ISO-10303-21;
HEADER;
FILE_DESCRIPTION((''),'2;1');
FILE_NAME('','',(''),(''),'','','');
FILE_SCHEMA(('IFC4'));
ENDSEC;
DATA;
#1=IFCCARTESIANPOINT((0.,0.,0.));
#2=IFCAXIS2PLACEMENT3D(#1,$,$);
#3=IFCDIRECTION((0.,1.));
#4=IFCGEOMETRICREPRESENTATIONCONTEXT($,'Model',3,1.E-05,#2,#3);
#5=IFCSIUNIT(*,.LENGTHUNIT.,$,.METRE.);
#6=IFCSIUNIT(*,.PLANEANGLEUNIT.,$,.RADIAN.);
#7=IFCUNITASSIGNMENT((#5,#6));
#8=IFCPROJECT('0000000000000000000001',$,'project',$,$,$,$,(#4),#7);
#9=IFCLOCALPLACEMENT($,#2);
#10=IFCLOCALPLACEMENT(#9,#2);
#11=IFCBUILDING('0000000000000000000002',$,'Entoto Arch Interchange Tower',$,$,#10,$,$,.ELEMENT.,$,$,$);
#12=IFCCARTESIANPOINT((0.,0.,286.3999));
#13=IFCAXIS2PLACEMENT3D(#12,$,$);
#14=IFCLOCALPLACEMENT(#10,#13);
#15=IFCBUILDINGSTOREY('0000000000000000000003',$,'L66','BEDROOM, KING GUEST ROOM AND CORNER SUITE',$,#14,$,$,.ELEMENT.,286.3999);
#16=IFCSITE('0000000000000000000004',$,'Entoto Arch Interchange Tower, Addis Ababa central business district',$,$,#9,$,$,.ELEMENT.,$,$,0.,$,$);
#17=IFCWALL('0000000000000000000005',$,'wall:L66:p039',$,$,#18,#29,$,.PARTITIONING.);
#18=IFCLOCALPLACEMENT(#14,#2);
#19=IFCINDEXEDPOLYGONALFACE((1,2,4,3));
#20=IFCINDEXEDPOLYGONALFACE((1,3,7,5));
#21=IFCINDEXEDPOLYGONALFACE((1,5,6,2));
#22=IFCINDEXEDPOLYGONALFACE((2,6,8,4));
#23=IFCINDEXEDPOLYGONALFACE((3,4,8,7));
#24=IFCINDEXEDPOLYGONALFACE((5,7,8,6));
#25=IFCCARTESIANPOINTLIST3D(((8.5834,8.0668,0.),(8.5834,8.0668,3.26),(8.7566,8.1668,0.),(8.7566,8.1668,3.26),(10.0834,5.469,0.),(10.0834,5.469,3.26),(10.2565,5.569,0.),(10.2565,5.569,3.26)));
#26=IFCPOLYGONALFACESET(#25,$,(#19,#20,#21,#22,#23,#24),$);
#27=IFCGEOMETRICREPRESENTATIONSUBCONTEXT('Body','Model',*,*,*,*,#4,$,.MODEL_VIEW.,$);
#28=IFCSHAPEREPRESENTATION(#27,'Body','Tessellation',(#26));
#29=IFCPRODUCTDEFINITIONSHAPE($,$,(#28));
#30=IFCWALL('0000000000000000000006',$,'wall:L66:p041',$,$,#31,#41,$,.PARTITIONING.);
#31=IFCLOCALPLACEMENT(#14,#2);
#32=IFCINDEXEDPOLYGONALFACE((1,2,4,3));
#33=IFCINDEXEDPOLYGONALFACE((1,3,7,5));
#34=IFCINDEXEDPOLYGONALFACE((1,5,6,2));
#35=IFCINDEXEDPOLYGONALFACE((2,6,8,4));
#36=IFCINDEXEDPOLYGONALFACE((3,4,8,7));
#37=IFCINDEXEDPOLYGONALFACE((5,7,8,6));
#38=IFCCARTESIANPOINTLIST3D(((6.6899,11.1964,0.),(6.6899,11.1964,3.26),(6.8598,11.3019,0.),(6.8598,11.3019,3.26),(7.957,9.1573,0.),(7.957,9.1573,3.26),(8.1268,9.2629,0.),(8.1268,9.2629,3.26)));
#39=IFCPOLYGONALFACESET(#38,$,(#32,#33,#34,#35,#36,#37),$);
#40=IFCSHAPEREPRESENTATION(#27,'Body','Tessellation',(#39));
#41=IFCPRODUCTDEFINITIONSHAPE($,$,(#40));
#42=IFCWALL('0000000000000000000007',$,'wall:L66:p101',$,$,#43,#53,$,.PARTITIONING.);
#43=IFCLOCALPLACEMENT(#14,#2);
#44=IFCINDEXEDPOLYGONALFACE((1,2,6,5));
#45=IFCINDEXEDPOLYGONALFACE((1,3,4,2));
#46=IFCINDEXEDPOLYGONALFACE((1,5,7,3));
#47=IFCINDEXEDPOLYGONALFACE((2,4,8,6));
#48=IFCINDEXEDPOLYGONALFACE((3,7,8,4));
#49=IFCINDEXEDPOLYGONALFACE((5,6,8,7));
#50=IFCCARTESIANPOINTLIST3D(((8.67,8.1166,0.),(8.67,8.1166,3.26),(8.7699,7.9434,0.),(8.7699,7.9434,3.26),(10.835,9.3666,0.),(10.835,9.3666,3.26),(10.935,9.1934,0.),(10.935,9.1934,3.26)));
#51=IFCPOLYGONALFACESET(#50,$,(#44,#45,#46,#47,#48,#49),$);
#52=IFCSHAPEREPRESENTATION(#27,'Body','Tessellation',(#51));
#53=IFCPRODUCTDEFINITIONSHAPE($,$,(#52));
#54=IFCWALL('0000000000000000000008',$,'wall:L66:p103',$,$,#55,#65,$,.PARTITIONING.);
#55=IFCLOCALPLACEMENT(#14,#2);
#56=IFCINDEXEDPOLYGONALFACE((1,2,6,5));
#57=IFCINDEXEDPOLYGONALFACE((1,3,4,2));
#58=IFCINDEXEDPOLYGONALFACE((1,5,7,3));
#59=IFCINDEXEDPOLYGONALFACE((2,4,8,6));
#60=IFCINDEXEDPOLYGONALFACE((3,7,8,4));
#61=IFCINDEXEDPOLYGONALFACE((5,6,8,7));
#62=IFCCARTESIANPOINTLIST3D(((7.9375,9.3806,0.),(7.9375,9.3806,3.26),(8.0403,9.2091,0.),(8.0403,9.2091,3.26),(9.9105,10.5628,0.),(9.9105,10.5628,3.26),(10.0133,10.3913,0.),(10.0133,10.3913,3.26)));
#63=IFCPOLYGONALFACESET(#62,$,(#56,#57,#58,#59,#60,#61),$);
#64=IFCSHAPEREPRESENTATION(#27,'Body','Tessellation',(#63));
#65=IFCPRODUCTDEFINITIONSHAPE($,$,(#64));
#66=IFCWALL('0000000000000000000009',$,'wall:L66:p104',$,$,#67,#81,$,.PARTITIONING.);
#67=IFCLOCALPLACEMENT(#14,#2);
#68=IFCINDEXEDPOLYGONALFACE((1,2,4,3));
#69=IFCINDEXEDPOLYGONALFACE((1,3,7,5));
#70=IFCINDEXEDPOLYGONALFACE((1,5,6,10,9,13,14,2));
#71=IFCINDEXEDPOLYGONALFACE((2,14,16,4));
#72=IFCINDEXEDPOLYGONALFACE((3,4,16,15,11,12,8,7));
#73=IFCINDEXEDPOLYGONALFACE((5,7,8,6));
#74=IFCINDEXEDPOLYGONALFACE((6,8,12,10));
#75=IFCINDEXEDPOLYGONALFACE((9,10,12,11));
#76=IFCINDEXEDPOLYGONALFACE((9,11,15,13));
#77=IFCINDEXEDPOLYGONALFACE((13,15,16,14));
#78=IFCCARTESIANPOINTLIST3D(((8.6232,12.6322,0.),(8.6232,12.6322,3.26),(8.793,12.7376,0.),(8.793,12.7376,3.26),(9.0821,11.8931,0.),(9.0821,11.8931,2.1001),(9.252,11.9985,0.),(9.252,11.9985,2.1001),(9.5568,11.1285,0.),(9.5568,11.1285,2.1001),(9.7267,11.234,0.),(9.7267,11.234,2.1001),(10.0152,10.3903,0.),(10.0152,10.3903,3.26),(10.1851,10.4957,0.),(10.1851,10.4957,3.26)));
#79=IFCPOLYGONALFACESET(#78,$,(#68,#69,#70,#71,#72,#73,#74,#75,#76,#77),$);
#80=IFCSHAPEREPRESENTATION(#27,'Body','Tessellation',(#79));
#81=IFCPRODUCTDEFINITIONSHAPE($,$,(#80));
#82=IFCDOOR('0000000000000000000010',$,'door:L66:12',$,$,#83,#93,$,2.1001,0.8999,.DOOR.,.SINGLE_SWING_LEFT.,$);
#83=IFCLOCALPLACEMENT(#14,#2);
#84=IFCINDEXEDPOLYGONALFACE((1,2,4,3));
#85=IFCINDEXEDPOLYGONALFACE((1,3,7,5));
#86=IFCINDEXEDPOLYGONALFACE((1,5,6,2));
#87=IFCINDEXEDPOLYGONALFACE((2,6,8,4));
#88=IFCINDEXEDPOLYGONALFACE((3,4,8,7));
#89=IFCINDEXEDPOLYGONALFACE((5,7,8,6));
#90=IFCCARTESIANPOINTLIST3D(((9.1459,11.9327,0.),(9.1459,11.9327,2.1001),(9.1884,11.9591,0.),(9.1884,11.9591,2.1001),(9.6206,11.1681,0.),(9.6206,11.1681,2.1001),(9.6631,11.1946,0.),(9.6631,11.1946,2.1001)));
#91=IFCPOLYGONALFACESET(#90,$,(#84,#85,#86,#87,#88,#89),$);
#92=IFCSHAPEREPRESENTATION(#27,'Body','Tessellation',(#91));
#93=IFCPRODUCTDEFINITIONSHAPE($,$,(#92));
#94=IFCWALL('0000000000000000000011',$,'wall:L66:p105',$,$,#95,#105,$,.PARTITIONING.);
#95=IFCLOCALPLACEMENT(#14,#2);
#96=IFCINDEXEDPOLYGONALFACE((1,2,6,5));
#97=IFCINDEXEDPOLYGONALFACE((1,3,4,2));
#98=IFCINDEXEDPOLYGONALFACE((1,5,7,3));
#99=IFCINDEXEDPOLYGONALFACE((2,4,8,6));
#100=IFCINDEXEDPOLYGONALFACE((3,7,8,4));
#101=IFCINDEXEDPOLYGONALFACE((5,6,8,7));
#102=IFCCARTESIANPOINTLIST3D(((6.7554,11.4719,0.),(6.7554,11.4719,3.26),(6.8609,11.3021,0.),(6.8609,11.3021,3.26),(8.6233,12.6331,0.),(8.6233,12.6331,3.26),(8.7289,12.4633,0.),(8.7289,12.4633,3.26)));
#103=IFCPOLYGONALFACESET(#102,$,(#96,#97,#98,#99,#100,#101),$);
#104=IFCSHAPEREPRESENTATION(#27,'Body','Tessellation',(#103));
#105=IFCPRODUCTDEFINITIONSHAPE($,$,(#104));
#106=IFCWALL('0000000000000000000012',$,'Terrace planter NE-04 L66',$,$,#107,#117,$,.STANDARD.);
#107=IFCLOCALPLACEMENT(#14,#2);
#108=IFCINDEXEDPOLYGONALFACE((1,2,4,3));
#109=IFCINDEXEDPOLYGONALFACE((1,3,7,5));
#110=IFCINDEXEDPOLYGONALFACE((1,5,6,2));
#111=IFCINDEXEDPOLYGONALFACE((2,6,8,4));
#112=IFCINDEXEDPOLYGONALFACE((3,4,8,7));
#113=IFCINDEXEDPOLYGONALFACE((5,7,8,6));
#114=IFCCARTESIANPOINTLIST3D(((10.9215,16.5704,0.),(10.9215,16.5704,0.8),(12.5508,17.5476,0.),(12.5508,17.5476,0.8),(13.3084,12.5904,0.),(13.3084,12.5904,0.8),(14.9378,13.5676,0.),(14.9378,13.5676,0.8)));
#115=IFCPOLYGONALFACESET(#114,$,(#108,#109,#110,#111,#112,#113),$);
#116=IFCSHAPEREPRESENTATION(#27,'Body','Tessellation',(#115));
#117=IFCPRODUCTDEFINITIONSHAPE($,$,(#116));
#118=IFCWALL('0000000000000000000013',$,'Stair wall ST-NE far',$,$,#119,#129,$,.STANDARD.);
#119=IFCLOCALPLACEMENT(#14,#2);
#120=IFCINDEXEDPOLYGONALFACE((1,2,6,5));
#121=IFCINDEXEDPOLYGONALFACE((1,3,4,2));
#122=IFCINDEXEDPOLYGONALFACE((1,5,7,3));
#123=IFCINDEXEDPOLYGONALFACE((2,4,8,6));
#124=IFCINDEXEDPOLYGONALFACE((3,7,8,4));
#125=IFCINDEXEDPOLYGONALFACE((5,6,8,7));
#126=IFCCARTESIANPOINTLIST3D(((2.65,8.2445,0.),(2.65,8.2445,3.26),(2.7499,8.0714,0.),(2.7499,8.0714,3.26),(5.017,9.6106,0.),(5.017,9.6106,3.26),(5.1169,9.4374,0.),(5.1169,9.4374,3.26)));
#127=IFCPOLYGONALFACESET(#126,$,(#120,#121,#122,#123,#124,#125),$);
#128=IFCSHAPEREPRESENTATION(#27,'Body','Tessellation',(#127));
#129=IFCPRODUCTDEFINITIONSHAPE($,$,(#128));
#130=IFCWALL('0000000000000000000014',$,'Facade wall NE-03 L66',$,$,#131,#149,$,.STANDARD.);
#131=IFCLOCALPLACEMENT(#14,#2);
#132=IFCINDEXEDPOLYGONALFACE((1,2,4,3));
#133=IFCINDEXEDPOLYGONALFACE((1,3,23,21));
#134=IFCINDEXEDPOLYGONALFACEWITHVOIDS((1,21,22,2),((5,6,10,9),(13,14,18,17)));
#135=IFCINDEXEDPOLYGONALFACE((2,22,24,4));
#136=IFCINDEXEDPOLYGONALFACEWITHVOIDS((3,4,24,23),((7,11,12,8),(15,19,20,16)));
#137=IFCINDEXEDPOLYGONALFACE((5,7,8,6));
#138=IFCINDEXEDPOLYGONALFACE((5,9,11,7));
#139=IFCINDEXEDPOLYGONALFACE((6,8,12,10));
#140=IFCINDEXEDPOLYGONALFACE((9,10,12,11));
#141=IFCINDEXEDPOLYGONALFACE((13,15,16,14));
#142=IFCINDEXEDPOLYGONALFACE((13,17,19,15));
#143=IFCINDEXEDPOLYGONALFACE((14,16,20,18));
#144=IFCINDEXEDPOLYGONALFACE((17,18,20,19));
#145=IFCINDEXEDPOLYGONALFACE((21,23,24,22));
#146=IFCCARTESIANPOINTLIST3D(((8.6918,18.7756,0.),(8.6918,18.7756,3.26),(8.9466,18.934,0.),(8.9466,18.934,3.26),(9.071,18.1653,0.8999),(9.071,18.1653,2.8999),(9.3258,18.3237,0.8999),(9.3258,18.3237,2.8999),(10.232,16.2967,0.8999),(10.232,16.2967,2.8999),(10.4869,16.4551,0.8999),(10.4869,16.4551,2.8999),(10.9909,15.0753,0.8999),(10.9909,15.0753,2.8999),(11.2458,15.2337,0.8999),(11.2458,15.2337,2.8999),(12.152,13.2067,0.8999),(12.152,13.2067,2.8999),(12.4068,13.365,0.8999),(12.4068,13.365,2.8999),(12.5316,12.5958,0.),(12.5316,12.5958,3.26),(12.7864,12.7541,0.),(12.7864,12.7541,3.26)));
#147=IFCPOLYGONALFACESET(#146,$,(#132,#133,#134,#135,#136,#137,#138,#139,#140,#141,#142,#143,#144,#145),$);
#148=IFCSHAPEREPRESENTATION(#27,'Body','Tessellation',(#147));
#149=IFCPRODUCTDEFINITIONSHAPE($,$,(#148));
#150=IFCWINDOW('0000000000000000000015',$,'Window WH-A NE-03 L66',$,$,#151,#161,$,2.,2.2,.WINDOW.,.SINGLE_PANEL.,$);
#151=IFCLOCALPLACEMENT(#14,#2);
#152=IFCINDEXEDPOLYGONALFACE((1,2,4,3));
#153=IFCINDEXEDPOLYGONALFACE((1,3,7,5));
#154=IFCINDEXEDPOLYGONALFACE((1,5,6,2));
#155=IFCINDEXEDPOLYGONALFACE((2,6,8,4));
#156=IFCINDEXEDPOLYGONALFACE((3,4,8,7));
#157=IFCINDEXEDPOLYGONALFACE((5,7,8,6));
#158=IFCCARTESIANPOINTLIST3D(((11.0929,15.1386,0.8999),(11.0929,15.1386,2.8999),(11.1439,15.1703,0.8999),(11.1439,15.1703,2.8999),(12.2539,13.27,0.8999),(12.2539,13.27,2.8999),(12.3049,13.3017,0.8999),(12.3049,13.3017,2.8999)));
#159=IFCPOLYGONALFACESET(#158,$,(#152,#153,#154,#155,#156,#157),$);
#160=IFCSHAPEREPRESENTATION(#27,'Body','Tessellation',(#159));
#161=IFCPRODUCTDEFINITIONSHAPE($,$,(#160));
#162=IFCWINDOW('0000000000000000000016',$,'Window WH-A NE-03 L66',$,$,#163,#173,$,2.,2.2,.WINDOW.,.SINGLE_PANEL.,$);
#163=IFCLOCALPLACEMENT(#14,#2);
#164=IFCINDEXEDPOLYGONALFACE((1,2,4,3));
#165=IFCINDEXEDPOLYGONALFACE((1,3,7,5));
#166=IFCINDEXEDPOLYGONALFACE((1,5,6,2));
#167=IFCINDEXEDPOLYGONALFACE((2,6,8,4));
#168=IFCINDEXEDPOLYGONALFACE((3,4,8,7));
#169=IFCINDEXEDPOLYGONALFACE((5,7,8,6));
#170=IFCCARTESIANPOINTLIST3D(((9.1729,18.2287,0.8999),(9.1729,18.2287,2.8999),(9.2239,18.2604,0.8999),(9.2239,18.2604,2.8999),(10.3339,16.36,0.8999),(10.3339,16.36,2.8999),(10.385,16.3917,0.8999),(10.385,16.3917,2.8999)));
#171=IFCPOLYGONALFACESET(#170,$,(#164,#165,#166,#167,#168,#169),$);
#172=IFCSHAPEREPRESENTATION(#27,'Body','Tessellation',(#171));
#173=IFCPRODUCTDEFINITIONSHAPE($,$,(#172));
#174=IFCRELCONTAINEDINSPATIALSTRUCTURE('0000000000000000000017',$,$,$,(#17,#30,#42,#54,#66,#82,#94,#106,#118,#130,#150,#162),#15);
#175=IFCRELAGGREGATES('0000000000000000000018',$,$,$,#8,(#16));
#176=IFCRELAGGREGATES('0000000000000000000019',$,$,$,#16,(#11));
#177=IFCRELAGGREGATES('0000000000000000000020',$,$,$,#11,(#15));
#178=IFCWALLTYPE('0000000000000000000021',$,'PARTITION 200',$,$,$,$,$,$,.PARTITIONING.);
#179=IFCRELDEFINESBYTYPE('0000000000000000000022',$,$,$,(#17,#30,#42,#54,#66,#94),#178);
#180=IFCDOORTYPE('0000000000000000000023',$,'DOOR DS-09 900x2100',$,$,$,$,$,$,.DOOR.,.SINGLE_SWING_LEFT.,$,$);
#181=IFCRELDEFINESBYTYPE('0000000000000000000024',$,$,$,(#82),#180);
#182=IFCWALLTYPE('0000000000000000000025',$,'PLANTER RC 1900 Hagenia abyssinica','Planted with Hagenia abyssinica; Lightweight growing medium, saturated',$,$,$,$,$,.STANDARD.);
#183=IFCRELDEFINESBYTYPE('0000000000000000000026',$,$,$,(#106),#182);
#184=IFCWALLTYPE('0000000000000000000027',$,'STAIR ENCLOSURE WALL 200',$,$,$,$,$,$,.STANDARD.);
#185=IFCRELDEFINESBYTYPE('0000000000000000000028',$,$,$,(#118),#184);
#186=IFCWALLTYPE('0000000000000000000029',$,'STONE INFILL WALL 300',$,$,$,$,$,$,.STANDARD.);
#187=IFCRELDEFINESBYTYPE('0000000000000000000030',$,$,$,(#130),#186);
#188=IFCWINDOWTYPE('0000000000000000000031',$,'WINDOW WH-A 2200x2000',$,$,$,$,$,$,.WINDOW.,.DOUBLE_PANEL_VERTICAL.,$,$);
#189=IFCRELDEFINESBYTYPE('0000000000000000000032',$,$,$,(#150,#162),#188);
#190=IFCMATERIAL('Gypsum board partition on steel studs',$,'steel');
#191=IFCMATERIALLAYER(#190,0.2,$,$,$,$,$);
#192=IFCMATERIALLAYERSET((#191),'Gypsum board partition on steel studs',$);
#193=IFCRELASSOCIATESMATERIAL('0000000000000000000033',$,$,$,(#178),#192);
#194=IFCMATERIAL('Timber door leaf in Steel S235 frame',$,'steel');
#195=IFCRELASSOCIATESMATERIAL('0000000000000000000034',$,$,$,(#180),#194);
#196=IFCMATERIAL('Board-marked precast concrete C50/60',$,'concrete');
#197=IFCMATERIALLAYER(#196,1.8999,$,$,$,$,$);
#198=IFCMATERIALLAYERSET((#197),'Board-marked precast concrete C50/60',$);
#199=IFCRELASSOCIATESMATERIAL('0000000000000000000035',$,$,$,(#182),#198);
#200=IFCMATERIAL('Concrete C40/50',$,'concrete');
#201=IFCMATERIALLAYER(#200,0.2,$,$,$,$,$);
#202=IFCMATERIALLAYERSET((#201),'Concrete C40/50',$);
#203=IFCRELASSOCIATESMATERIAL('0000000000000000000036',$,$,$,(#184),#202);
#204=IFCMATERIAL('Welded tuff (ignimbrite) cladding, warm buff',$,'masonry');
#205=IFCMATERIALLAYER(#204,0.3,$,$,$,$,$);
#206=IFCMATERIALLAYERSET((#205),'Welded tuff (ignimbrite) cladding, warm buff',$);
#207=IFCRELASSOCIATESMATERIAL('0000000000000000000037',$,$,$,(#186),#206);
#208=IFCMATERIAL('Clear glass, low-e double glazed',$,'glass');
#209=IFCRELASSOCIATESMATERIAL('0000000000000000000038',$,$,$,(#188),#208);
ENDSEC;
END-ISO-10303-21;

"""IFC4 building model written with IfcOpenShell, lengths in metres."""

from ifc_helpers import new_model, si_unit, direction, frame, frame_2d, origin, place, context, subcontext, project, spatial, rectangle, extrude, material, layer, layer_set, type_object, element, fill, save


model = new_model("IFC4")

# Units and contexts
model_context = context("Model", 3, precision=1e-05, world=origin(), true_north=direction((0.0, 1.0)))
body_context = subcontext(model_context, "Body", "Model", "MODEL_VIEW")
ifc_project = project(units=[si_unit("LENGTHUNIT", "METRE"), si_unit("PLANEANGLEUNIT", "RADIAN")], contexts=[model_context])

# Site, building, storey
site_placement = place(None, origin())
site = spatial("IfcSite", under=ifc_project, at=site_placement, Name="Entoto Arch Interchange Tower, Addis Ababa central business district", CompositionType="ELEMENT", RefElevation=0.0)
building_placement = place(site_placement, origin())
building = spatial("IfcBuilding", under=site, at=building_placement, Name="Entoto Arch Interchange Tower", CompositionType="ELEMENT")
storey_placement = place(building_placement, frame((0.0, 0.0, 286.3999)))
storey = spatial("IfcBuildingStorey", under=building, at=storey_placement, Name="L66", Description="BEDROOM, KING GUEST ROOM AND CORNER SUITE", CompositionType="ELEMENT", Elevation=286.3999)

# Shared definitions
ifc_material_1 = material(Name="Concrete C40/50", Category="concrete")

# Shared definitions
ifc_material_2 = material(Name="Gypsum board partition on steel studs", Category="steel")

# Shared definitions
ifc_layer_1 = layer(ifc_material_2, 0.2)
ifc_layer_set_1 = layer_set([ifc_layer_1], Name="Gypsum board partition on steel studs")
wall_type_1 = type_object("IfcWallType", Name="PARTITION 200", PredefinedType="PARTITIONING", material=ifc_layer_set_1)
ifc_material_3 = material(Name="Timber door leaf in Steel S235 frame", Category="steel")

# Walls
wall_1_placement = place(storey_placement, frame((8.6699, 8.1169, 0.0), z_axis=(0.0, 0.0, 1.0), x_axis=(0.500025, -0.866011, 0.0)))
element("IfcWall", 1, at=wall_1_placement, inside=storey, type_object=wall_type_1, Name="wall:L66:p039", PredefinedType="PARTITIONING", context=body_context, shape_type="SweptSolid", body=[
    extrude(rectangle(XDim=2.9998, YDim=0.2, at=frame_2d((1.5, 0.0))), origin(), (0.0, 0.0, 1.0), 3.26),
])
wall_2_placement = place(storey_placement, frame((6.7749, 11.249, 0.0), z_axis=(0.0, 0.0, 1.0), x_axis=(0.527803, -0.849367, 0.0)))
element("IfcWall", 2, at=wall_2_placement, inside=storey, type_object=wall_type_1, Name="wall:L66:p041", PredefinedType="PARTITIONING", context=body_context, shape_type="SweptSolid", body=[
    extrude(rectangle(XDim=2.4006, YDim=0.2, at=frame_2d((1.2002, 0.0))), origin(), (0.0, 0.0, 1.0), 3.26),
])
wall_3_placement = place(storey_placement, frame((10.885, 9.28, 0.0), z_axis=(0.0, 0.0, 1.0), x_axis=(-0.866023, -0.500004, 0.0)))
element("IfcWall", 3, at=wall_3_placement, inside=storey, type_object=wall_type_1, Name="wall:L66:p101", PredefinedType="PARTITIONING", context=body_context, shape_type="SweptSolid", body=[
    extrude(rectangle(XDim=2.5, YDim=0.2, at=frame_2d((1.25, 0.0))), origin(), (0.0, 0.0, 1.0), 3.26),
])
wall_4_placement = place(storey_placement, frame((7.989, 9.2949, 0.0), z_axis=(0.0, 0.0, 1.0), x_axis=(0.857802, 0.513981, 0.0)))
element("IfcWall", 4, at=wall_4_placement, inside=storey, type_object=wall_type_1, Name="wall:L66:p103", PredefinedType="PARTITIONING", context=body_context, shape_type="SweptSolid", body=[
    extrude(rectangle(XDim=2.3, YDim=0.2, at=frame_2d((1.1499, 0.0))), origin(), (0.0, 0.0, 1.0), 3.26),
])

# Wall, opening, door
wall_5_placement = place(storey_placement, frame((10.1001, 10.4431, 0.0), z_axis=(0.0, 0.0, 1.0), x_axis=(-0.52751, 0.849549, 0.0)))
wall_5 = element("IfcWall", 5, at=wall_5_placement, inside=storey, type_object=wall_type_1, Name="wall:L66:p104", PredefinedType="PARTITIONING", context=body_context, shape_type="SweptSolid", body=[
    extrude(rectangle(XDim=2.6389, YDim=0.2, at=frame_2d((1.3193, 0.0))), origin(), (0.0, 0.0, 1.0), 3.26),
])
opening_1_placement = place(wall_5_placement, frame((0.8689, 0.0, 0.0)))
opening_1 = element("IfcOpeningElement", 6, at=opening_1_placement, cuts=wall_5, PredefinedType="OPENING", context=body_context, shape_type="SweptSolid", body=[
    extrude(rectangle(XDim=0.8999, YDim=2.1001, at=frame_2d((0.45, 1.05))), frame((0.0, 0.1099, 0.0), z_axis=(0.0, -1.0, 0.0), x_axis=(1.0, 0.0, 0.0)), (0.0, 0.0, 1.0), 0.22),
])
door_type_1 = type_object("IfcDoorType", Name="DOOR DS-09 900x2100", OperationType="SINGLE_SWING_LEFT", PredefinedType="DOOR", material=ifc_material_3)
door_1_placement = place(opening_1_placement, origin())
door_1 = element("IfcDoor", 7, at=door_1_placement, inside=storey, type_object=door_type_1, Name="door:L66:12", OperationType="SINGLE_SWING_LEFT", OverallHeight=2.1001, OverallWidth=0.8999, PredefinedType="DOOR", context=body_context, shape_type="SweptSolid", body=[
    extrude(rectangle(XDim=0.8999, YDim=2.1001, at=frame_2d((0.45, 1.05))), frame((0.0, 0.0249, 0.0), z_axis=(0.0, -1.0, 0.0), x_axis=(1.0, 0.0, 0.0)), (0.0, 0.0, 1.0), 0.05),
])
fill(opening_1, door_1)

# Walls
wall_6_placement = place(storey_placement, frame((8.676, 12.5481, 0.0), z_axis=(0.0, 0.0, 1.0), x_axis=(-0.849287, -0.527932, 0.0)))
element("IfcWall", 8, at=wall_6_placement, inside=storey, type_object=wall_type_1, Name="wall:L66:p105", PredefinedType="PARTITIONING", context=body_context, shape_type="SweptSolid", body=[
    extrude(rectangle(XDim=2.1995, YDim=0.2, at=frame_2d((1.0996, 0.0))), origin(), (0.0, 0.0, 1.0), 3.26),
])
ifc_material_4 = material(Name="Board-marked precast concrete C50/60", Category="concrete")
ifc_layer_2 = layer(ifc_material_4, 1.8999)
ifc_layer_set_2 = layer_set([ifc_layer_2], Name="Board-marked precast concrete C50/60")
wall_type_2 = type_object("IfcWallType", Name="PLANTER RC 1900 Hagenia abyssinica", Description="Planted with Hagenia abyssinica; Lightweight growing medium, saturated", PredefinedType="STANDARD", material=ifc_layer_set_2)
wall_7_placement = place(storey_placement, frame((14.123, 13.0791, 0.0), z_axis=(0.0, 0.0, 1.0), x_axis=(-0.514333, 0.85759, 0.0)))
element("IfcWall", 9, at=wall_7_placement, inside=storey, type_object=wall_type_2, Name="Terrace planter NE-04 L66", PredefinedType="STANDARD", context=body_context, shape_type="SweptSolid", body=[
    extrude(rectangle(XDim=4.6409, YDim=1.8999, at=frame_2d((2.3203, 0.0))), origin(), (0.0, 0.0, 1.0), 0.8),
])
ifc_layer_3 = layer(ifc_material_1, 0.2)
ifc_layer_set_3 = layer_set([ifc_layer_3], Name="Concrete C40/50")
wall_type_3 = type_object("IfcWallType", Name="STAIR ENCLOSURE WALL 200", PredefinedType="STANDARD", material=ifc_layer_set_3)
wall_8_placement = place(storey_placement, frame((2.7, 8.158, 0.0), z_axis=(0.0, 0.0, 1.0), x_axis=(0.866119, 0.499838, 0.0)))
element("IfcWall", 10, at=wall_8_placement, inside=storey, type_object=wall_type_3, Name="Stair wall ST-NE far", PredefinedType="STANDARD", context=body_context, shape_type="SweptSolid", body=[
    extrude(rectangle(XDim=2.7329, YDim=0.2, at=frame_2d((1.3665, 0.0))), origin(), (0.0, 0.0, 1.0), 3.26),
])

# Wall, openings, windows
ifc_material_5 = material(Name="Welded tuff (ignimbrite) cladding, warm buff", Category="masonry")
ifc_layer_4 = layer(ifc_material_5, 0.3)
ifc_layer_set_4 = layer_set([ifc_layer_4], Name="Welded tuff (ignimbrite) cladding, warm buff")
wall_type_4 = type_object("IfcWallType", Name="STONE INFILL WALL 300", PredefinedType="STANDARD", material=ifc_layer_set_4)
wall_9_placement = place(storey_placement, frame((12.6589, 12.675, 0.0), z_axis=(0.0, 0.0, 1.0), x_axis=(-0.527762, 0.849392, 0.0)))
wall_9 = element("IfcWall", 11, at=wall_9_placement, inside=storey, type_object=wall_type_4, Name="Facade wall NE-03 L66", PredefinedType="STANDARD", context=body_context, shape_type="SweptSolid", body=[
    extrude(rectangle(XDim=7.2756, YDim=0.3, at=frame_2d((3.6377, 0.0))), origin(), (0.0, 0.0, 1.0), 3.26),
])
opening_2_placement = place(wall_9_placement, frame((0.719, 0.0, 0.8999)))
opening_2 = element("IfcOpeningElement", 12, at=opening_2_placement, cuts=wall_9, PredefinedType="OPENING", context=body_context, shape_type="SweptSolid", body=[
    extrude(rectangle(XDim=2.2, YDim=2.0, at=frame_2d((1.1001, 1.0))), frame((0.0, 0.1602, 0.0), z_axis=(0.0, -1.0, 0.0), x_axis=(1.0, 0.0, 0.0)), (0.0, 0.0, 1.0), 0.3201),
])
opening_3_placement = place(wall_9_placement, frame((4.3569, 0.0, 0.8999)))
opening_3 = element("IfcOpeningElement", 13, at=opening_3_placement, cuts=wall_9, PredefinedType="OPENING", context=body_context, shape_type="SweptSolid", body=[
    extrude(rectangle(XDim=2.2, YDim=2.0, at=frame_2d((1.1001, 1.0))), frame((0.0, 0.1602, 0.0), z_axis=(0.0, -1.0, 0.0), x_axis=(1.0, 0.0, 0.0)), (0.0, 0.0, 1.0), 0.3201),
])
ifc_material_6 = material(Name="Clear glass, low-e double glazed", Category="glass")
window_type = type_object("IfcWindowType", Name="WINDOW WH-A 2200x2000", PartitioningType="DOUBLE_PANEL_VERTICAL", PredefinedType="WINDOW", material=ifc_material_6)
window_1_placement = place(opening_2_placement, origin())
window_1 = element("IfcWindow", 14, at=window_1_placement, inside=storey, type_object=window_type, Name="Window WH-A NE-03 L66", OverallHeight=2.0, OverallWidth=2.2, PartitioningType="SINGLE_PANEL", PredefinedType="WINDOW", context=body_context, shape_type="SweptSolid", body=[
    extrude(rectangle(XDim=2.2, YDim=2.0, at=frame_2d((1.1001, 1.0))), frame((0.0, 0.03, 0.0), z_axis=(0.0, -1.0, 0.0), x_axis=(1.0, 0.0, 0.0)), (0.0, 0.0, 1.0), 0.0601),
])
fill(opening_2, window_1)
window_2_placement = place(opening_3_placement, origin())
window_2 = element("IfcWindow", 15, at=window_2_placement, inside=storey, type_object=window_type, Name="Window WH-A NE-03 L66", OverallHeight=2.0, OverallWidth=2.2, PartitioningType="SINGLE_PANEL", PredefinedType="WINDOW", context=body_context, shape_type="SweptSolid", body=[
    extrude(rectangle(XDim=2.2, YDim=2.0, at=frame_2d((1.1001, 1.0))), frame((0.0, 0.03, 0.0), z_axis=(0.0, -1.0, 0.0), x_axis=(1.0, 0.0, 0.0)), (0.0, 0.0, 1.0), 0.0601),
])
fill(opening_3, window_2)

save(model, "model.ifc")
